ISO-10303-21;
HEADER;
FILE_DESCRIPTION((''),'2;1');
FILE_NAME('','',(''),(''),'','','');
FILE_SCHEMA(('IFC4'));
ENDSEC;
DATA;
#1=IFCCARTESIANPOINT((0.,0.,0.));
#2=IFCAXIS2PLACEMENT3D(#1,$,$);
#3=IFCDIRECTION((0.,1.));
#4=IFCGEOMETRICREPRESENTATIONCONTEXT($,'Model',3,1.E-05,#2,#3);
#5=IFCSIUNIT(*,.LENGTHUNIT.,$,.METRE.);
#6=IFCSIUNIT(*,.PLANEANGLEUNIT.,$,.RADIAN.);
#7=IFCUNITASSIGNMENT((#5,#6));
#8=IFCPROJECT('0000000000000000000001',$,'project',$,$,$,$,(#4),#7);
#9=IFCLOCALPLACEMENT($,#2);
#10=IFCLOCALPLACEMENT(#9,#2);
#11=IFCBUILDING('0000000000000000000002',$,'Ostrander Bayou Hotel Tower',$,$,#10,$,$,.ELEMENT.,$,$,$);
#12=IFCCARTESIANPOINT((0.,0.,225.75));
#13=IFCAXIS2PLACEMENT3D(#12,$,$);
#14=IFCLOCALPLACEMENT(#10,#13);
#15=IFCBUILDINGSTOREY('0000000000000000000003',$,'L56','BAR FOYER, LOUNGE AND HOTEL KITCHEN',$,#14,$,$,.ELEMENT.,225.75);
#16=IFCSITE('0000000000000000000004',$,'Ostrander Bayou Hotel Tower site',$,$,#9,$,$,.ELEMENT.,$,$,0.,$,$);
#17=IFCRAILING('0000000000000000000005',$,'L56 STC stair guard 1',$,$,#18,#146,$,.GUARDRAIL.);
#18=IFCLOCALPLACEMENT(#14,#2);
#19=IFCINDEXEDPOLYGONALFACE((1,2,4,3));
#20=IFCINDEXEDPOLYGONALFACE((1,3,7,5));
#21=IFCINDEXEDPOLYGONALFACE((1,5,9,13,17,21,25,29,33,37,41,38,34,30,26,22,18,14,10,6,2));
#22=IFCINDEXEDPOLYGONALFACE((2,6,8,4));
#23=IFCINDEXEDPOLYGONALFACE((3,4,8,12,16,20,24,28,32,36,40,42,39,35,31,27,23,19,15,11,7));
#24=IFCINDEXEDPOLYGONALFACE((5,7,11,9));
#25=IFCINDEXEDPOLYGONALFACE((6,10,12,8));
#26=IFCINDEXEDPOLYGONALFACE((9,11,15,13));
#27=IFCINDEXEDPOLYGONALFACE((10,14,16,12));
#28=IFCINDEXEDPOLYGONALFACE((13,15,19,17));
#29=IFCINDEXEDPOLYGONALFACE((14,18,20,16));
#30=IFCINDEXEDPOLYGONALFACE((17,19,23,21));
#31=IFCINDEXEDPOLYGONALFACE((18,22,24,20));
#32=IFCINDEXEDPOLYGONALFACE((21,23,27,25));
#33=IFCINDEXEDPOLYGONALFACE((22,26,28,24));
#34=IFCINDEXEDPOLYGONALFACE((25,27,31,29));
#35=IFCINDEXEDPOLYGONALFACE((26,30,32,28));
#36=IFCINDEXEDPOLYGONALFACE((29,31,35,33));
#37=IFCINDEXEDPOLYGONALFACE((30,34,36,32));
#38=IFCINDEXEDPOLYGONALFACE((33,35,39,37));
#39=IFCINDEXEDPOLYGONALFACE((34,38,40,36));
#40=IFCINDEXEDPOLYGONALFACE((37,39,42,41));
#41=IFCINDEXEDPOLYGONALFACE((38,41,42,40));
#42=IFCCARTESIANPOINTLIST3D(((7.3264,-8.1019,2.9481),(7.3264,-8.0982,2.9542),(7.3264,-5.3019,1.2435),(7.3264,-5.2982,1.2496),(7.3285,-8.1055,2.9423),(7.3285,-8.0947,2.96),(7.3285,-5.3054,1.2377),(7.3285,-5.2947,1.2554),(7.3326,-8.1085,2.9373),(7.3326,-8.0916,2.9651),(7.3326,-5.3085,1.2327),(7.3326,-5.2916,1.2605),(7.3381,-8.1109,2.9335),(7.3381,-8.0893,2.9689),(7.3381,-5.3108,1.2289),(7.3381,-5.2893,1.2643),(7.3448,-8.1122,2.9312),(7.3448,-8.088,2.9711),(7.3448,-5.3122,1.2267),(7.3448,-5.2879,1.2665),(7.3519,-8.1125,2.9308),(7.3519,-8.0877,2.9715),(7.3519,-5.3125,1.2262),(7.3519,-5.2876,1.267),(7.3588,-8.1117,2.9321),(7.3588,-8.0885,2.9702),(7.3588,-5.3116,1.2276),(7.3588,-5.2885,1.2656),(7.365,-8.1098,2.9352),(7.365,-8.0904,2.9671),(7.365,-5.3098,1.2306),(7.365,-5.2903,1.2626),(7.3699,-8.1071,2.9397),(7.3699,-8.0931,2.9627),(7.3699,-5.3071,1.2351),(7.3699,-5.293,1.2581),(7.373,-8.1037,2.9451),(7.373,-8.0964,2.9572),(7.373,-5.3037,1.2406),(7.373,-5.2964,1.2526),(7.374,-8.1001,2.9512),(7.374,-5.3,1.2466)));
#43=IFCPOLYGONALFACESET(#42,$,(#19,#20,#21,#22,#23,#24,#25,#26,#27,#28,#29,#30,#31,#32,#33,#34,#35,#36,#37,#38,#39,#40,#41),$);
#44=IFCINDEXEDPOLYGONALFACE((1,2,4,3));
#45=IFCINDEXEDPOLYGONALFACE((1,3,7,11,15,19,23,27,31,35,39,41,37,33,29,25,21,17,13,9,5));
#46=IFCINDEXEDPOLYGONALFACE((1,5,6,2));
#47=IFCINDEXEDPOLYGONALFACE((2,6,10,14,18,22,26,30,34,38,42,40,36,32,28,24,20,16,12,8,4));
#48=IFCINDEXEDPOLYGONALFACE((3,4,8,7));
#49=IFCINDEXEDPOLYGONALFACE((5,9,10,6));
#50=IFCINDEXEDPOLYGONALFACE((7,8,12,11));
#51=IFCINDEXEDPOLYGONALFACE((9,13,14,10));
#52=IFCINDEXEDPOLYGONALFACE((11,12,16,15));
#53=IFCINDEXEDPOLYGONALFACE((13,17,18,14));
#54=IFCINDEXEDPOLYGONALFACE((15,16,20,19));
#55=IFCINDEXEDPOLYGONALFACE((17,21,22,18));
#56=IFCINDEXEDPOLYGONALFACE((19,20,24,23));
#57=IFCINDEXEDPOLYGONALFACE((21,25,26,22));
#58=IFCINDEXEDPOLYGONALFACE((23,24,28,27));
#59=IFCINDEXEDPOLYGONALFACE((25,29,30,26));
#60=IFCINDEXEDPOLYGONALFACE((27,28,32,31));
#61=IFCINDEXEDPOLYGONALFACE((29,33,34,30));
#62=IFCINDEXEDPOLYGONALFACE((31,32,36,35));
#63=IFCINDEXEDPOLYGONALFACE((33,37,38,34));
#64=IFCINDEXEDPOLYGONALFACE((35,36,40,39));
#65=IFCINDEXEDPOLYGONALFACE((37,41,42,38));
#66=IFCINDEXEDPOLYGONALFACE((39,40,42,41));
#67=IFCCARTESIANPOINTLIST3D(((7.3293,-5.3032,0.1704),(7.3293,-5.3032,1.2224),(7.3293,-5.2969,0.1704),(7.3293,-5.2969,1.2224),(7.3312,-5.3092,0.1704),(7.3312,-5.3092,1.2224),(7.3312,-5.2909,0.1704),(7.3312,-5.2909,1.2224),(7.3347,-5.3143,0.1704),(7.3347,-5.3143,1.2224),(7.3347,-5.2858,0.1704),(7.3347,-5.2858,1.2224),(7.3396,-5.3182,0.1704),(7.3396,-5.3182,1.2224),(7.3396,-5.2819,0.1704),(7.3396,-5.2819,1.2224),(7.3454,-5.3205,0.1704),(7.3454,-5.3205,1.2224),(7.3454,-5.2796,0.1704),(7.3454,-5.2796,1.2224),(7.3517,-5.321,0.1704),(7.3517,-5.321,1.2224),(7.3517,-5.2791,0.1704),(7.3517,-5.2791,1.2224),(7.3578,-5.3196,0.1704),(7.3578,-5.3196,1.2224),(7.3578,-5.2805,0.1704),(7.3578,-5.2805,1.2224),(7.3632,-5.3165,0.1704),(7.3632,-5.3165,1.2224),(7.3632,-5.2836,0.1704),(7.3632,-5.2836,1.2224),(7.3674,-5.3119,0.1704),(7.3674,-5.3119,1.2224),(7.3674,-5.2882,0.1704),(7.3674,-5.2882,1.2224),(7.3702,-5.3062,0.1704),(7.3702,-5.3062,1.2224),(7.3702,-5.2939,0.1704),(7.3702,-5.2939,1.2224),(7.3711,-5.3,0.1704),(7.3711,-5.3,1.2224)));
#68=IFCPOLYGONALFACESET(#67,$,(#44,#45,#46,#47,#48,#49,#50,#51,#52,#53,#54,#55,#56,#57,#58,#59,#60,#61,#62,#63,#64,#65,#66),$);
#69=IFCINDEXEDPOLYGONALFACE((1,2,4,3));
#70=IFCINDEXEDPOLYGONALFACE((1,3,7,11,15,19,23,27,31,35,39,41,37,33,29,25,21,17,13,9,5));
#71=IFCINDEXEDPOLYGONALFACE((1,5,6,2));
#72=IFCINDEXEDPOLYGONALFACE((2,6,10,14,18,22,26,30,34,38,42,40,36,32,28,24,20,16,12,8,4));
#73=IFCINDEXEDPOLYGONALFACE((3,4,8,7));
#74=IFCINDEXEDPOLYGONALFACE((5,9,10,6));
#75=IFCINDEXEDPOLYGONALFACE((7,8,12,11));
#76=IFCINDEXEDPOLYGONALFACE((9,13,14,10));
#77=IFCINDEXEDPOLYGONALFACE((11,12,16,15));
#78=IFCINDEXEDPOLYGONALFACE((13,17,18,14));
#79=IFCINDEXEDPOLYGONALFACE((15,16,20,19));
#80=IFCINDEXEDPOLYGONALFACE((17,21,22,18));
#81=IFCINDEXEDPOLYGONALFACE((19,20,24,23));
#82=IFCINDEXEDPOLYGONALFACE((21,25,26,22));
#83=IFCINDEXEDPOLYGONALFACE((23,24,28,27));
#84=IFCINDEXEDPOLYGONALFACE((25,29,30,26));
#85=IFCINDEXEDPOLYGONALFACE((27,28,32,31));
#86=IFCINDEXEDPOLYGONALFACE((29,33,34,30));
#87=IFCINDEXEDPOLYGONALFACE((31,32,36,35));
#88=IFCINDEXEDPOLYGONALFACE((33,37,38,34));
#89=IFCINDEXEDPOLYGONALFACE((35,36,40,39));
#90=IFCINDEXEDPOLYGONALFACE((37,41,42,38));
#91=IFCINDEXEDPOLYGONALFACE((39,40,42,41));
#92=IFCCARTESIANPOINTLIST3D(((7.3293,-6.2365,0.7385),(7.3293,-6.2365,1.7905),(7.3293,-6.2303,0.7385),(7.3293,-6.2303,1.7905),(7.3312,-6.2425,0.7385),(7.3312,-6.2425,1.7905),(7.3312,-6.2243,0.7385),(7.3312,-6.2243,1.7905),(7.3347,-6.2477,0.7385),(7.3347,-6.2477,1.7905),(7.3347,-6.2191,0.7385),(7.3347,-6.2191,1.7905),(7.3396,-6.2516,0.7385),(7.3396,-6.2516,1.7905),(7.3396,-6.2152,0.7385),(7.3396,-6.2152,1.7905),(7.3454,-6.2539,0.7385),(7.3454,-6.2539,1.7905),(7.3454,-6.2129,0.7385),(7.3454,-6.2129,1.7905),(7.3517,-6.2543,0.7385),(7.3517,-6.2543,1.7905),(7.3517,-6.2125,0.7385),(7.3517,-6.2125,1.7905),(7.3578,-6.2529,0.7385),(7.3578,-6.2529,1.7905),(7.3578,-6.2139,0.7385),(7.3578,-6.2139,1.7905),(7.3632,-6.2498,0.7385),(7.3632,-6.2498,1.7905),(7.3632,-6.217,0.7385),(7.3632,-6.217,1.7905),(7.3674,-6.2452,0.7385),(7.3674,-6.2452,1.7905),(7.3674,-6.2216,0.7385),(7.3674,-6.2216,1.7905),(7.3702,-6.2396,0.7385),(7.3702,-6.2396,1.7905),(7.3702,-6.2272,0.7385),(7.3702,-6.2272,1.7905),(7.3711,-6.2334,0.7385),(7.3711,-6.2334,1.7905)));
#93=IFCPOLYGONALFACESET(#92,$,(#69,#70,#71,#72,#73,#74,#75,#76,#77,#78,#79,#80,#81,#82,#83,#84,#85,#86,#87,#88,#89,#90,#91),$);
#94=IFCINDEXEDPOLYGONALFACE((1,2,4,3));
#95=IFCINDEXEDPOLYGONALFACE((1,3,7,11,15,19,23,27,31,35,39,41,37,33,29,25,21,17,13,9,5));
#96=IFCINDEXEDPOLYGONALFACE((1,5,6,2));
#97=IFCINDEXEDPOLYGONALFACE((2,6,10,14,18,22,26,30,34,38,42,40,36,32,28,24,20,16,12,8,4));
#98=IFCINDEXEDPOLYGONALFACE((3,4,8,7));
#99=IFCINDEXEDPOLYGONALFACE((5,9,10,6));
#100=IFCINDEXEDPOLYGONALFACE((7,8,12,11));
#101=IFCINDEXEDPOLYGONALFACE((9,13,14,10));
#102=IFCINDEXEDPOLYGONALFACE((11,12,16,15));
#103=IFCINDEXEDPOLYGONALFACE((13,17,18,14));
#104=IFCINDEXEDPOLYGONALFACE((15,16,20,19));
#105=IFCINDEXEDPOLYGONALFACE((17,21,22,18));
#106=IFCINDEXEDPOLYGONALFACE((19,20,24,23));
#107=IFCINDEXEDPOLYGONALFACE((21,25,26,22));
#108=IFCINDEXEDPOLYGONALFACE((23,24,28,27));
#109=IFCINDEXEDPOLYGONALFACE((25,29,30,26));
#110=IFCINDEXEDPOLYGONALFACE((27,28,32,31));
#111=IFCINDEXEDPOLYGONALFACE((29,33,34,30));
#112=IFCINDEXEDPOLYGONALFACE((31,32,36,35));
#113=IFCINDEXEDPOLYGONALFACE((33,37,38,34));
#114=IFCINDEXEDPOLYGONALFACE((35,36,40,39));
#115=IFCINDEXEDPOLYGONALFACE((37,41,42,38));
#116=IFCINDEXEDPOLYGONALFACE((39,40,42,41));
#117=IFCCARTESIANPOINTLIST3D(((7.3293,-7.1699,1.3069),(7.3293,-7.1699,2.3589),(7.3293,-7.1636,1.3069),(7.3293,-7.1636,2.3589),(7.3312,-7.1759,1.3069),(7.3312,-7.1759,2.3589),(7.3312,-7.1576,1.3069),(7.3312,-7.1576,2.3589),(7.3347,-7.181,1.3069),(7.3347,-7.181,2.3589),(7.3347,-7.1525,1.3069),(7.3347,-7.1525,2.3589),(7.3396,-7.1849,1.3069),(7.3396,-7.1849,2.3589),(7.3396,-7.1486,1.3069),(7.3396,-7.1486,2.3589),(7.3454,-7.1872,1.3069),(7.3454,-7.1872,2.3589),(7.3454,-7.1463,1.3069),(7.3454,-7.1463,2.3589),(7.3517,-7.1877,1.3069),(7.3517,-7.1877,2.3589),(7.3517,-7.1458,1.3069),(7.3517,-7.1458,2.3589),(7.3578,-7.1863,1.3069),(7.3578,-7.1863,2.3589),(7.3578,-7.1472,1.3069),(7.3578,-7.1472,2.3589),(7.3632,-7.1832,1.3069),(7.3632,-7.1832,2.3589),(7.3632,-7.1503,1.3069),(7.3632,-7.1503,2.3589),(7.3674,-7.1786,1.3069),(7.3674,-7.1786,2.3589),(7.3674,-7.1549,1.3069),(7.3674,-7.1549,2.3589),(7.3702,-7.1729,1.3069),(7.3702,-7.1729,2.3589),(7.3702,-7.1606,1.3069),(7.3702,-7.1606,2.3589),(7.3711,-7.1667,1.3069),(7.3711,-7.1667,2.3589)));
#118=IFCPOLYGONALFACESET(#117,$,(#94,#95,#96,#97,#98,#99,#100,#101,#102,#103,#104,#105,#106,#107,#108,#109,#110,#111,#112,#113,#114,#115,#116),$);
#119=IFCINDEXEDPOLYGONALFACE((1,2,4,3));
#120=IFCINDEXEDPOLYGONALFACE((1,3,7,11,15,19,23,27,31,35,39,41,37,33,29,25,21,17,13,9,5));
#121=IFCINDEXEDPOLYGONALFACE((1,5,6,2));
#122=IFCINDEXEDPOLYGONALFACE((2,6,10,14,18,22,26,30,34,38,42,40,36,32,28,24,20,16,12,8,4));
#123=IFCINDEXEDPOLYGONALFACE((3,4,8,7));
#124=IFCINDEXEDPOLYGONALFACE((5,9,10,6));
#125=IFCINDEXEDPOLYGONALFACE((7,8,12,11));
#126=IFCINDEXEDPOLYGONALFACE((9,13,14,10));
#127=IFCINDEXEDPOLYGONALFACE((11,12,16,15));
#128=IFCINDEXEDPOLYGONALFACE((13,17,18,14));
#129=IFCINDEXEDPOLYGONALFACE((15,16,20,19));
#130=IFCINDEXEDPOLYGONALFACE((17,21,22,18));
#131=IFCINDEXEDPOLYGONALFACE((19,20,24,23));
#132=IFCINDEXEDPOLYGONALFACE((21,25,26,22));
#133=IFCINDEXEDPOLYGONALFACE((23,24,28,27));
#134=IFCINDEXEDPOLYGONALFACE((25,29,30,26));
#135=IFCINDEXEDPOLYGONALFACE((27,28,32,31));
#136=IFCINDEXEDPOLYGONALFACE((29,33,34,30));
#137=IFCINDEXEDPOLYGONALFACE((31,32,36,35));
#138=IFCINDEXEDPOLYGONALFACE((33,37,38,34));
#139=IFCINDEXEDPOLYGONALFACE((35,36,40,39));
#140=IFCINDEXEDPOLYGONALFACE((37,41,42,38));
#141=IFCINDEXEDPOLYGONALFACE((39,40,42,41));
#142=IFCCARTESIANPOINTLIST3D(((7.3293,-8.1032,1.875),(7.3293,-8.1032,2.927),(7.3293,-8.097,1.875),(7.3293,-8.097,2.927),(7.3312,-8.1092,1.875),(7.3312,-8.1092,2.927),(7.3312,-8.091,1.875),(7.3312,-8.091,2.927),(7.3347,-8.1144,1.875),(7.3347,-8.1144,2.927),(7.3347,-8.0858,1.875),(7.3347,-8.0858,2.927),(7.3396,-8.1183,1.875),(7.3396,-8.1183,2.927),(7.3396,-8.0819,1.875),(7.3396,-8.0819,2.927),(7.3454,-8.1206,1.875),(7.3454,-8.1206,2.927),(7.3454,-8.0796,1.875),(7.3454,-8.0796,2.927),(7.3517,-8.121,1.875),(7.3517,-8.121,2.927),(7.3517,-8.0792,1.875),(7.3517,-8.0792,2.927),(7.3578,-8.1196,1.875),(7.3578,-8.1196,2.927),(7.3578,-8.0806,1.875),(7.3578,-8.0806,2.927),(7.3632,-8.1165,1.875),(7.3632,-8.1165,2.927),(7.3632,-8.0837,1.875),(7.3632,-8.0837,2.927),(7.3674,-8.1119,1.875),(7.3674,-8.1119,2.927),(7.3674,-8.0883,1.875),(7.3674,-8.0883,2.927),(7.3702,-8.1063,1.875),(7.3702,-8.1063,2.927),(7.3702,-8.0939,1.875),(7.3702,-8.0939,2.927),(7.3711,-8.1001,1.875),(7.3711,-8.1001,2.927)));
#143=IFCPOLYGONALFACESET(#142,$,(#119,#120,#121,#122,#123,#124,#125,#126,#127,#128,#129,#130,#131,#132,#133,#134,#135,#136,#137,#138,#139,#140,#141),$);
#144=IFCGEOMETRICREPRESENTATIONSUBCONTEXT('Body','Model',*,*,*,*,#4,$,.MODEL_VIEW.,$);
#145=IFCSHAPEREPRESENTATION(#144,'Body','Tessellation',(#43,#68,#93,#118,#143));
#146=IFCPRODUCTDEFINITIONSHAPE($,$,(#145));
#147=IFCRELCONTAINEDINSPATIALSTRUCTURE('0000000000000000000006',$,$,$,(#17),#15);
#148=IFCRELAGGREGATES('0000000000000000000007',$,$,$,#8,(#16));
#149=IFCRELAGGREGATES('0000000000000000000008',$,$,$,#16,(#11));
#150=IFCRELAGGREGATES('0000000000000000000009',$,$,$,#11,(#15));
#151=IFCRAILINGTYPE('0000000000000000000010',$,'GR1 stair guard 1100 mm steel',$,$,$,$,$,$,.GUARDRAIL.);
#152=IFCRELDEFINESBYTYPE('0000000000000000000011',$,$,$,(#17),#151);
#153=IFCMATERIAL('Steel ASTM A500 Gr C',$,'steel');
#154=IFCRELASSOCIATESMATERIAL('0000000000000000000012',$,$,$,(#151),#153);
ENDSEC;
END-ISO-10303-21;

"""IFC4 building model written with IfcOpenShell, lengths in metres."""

from ifc_helpers import new_model, si_unit, direction, frame, origin, origin_2d, place, context, subcontext, project, spatial, circle, extrude, material, type_object, element, save


model = new_model("IFC4")

# Units and contexts
model_context = context("Model", 3, precision=1e-05, world=origin(), true_north=direction((0.0, 1.0)))
body_context = subcontext(model_context, "Body", "Model", "MODEL_VIEW")
ifc_project = project(units=[si_unit("LENGTHUNIT", "METRE"), si_unit("PLANEANGLEUNIT", "RADIAN")], contexts=[model_context])

# Site, building, storey
site_placement = place(None, origin())
site = spatial("IfcSite", under=ifc_project, at=site_placement, Name="Ostrander Bayou Hotel Tower site", CompositionType="ELEMENT", RefElevation=0.0)
building_placement = place(site_placement, origin())
building = spatial("IfcBuilding", under=site, at=building_placement, Name="Ostrander Bayou Hotel Tower", CompositionType="ELEMENT")
storey_placement = place(building_placement, frame((0.0, 0.0, 225.75)))
storey = spatial("IfcBuildingStorey", under=building, at=storey_placement, Name="L56", Description="BAR FOYER, LOUNGE AND HOTEL KITCHEN", CompositionType="ELEMENT", Elevation=225.75)

# Railing
ifc_material_1 = material(Name="Steel ASTM A500 Gr C", Category="steel")
railing_type_1 = type_object("IfcRailingType", Name="GR1 stair guard 1100 mm steel", PredefinedType="GUARDRAIL", material=ifc_material_1)
railing_1_placement = place(storey_placement, frame((7.3501, -5.3, 0.1704)))
element("IfcRailing", 1, at=railing_1_placement, inside=storey, type_object=railing_type_1, Name="L56 STC stair guard 1", PredefinedType="GUARDRAIL", context=body_context, shape_type="SweptSolid", body=[
    extrude(circle(Radius=0.0239, at=origin_2d()), frame((0.0, 0.0, 1.0762), z_axis=(0.0, -0.85417, 0.519994), x_axis=(1.0, 0.0, 0.0)), (0.0, 0.0, 1.0), 3.2781),
    extrude(circle(Radius=0.021, at=origin_2d()), origin(), (0.0, 0.0, 1.0), 1.052),
    extrude(circle(Radius=0.021, at=origin_2d()), frame((0.0, -0.9333, 0.5681)), (0.0, 0.0, 1.0), 1.052),
    extrude(circle(Radius=0.021, at=origin_2d()), frame((0.0, -1.8667, 1.1365)), (0.0, 0.0, 1.0), 1.052),
    extrude(circle(Radius=0.021, at=origin_2d()), frame((0.0, -2.8, 1.7046)), (0.0, 0.0, 1.0), 1.052),
])

save(model, "model.ifc")
